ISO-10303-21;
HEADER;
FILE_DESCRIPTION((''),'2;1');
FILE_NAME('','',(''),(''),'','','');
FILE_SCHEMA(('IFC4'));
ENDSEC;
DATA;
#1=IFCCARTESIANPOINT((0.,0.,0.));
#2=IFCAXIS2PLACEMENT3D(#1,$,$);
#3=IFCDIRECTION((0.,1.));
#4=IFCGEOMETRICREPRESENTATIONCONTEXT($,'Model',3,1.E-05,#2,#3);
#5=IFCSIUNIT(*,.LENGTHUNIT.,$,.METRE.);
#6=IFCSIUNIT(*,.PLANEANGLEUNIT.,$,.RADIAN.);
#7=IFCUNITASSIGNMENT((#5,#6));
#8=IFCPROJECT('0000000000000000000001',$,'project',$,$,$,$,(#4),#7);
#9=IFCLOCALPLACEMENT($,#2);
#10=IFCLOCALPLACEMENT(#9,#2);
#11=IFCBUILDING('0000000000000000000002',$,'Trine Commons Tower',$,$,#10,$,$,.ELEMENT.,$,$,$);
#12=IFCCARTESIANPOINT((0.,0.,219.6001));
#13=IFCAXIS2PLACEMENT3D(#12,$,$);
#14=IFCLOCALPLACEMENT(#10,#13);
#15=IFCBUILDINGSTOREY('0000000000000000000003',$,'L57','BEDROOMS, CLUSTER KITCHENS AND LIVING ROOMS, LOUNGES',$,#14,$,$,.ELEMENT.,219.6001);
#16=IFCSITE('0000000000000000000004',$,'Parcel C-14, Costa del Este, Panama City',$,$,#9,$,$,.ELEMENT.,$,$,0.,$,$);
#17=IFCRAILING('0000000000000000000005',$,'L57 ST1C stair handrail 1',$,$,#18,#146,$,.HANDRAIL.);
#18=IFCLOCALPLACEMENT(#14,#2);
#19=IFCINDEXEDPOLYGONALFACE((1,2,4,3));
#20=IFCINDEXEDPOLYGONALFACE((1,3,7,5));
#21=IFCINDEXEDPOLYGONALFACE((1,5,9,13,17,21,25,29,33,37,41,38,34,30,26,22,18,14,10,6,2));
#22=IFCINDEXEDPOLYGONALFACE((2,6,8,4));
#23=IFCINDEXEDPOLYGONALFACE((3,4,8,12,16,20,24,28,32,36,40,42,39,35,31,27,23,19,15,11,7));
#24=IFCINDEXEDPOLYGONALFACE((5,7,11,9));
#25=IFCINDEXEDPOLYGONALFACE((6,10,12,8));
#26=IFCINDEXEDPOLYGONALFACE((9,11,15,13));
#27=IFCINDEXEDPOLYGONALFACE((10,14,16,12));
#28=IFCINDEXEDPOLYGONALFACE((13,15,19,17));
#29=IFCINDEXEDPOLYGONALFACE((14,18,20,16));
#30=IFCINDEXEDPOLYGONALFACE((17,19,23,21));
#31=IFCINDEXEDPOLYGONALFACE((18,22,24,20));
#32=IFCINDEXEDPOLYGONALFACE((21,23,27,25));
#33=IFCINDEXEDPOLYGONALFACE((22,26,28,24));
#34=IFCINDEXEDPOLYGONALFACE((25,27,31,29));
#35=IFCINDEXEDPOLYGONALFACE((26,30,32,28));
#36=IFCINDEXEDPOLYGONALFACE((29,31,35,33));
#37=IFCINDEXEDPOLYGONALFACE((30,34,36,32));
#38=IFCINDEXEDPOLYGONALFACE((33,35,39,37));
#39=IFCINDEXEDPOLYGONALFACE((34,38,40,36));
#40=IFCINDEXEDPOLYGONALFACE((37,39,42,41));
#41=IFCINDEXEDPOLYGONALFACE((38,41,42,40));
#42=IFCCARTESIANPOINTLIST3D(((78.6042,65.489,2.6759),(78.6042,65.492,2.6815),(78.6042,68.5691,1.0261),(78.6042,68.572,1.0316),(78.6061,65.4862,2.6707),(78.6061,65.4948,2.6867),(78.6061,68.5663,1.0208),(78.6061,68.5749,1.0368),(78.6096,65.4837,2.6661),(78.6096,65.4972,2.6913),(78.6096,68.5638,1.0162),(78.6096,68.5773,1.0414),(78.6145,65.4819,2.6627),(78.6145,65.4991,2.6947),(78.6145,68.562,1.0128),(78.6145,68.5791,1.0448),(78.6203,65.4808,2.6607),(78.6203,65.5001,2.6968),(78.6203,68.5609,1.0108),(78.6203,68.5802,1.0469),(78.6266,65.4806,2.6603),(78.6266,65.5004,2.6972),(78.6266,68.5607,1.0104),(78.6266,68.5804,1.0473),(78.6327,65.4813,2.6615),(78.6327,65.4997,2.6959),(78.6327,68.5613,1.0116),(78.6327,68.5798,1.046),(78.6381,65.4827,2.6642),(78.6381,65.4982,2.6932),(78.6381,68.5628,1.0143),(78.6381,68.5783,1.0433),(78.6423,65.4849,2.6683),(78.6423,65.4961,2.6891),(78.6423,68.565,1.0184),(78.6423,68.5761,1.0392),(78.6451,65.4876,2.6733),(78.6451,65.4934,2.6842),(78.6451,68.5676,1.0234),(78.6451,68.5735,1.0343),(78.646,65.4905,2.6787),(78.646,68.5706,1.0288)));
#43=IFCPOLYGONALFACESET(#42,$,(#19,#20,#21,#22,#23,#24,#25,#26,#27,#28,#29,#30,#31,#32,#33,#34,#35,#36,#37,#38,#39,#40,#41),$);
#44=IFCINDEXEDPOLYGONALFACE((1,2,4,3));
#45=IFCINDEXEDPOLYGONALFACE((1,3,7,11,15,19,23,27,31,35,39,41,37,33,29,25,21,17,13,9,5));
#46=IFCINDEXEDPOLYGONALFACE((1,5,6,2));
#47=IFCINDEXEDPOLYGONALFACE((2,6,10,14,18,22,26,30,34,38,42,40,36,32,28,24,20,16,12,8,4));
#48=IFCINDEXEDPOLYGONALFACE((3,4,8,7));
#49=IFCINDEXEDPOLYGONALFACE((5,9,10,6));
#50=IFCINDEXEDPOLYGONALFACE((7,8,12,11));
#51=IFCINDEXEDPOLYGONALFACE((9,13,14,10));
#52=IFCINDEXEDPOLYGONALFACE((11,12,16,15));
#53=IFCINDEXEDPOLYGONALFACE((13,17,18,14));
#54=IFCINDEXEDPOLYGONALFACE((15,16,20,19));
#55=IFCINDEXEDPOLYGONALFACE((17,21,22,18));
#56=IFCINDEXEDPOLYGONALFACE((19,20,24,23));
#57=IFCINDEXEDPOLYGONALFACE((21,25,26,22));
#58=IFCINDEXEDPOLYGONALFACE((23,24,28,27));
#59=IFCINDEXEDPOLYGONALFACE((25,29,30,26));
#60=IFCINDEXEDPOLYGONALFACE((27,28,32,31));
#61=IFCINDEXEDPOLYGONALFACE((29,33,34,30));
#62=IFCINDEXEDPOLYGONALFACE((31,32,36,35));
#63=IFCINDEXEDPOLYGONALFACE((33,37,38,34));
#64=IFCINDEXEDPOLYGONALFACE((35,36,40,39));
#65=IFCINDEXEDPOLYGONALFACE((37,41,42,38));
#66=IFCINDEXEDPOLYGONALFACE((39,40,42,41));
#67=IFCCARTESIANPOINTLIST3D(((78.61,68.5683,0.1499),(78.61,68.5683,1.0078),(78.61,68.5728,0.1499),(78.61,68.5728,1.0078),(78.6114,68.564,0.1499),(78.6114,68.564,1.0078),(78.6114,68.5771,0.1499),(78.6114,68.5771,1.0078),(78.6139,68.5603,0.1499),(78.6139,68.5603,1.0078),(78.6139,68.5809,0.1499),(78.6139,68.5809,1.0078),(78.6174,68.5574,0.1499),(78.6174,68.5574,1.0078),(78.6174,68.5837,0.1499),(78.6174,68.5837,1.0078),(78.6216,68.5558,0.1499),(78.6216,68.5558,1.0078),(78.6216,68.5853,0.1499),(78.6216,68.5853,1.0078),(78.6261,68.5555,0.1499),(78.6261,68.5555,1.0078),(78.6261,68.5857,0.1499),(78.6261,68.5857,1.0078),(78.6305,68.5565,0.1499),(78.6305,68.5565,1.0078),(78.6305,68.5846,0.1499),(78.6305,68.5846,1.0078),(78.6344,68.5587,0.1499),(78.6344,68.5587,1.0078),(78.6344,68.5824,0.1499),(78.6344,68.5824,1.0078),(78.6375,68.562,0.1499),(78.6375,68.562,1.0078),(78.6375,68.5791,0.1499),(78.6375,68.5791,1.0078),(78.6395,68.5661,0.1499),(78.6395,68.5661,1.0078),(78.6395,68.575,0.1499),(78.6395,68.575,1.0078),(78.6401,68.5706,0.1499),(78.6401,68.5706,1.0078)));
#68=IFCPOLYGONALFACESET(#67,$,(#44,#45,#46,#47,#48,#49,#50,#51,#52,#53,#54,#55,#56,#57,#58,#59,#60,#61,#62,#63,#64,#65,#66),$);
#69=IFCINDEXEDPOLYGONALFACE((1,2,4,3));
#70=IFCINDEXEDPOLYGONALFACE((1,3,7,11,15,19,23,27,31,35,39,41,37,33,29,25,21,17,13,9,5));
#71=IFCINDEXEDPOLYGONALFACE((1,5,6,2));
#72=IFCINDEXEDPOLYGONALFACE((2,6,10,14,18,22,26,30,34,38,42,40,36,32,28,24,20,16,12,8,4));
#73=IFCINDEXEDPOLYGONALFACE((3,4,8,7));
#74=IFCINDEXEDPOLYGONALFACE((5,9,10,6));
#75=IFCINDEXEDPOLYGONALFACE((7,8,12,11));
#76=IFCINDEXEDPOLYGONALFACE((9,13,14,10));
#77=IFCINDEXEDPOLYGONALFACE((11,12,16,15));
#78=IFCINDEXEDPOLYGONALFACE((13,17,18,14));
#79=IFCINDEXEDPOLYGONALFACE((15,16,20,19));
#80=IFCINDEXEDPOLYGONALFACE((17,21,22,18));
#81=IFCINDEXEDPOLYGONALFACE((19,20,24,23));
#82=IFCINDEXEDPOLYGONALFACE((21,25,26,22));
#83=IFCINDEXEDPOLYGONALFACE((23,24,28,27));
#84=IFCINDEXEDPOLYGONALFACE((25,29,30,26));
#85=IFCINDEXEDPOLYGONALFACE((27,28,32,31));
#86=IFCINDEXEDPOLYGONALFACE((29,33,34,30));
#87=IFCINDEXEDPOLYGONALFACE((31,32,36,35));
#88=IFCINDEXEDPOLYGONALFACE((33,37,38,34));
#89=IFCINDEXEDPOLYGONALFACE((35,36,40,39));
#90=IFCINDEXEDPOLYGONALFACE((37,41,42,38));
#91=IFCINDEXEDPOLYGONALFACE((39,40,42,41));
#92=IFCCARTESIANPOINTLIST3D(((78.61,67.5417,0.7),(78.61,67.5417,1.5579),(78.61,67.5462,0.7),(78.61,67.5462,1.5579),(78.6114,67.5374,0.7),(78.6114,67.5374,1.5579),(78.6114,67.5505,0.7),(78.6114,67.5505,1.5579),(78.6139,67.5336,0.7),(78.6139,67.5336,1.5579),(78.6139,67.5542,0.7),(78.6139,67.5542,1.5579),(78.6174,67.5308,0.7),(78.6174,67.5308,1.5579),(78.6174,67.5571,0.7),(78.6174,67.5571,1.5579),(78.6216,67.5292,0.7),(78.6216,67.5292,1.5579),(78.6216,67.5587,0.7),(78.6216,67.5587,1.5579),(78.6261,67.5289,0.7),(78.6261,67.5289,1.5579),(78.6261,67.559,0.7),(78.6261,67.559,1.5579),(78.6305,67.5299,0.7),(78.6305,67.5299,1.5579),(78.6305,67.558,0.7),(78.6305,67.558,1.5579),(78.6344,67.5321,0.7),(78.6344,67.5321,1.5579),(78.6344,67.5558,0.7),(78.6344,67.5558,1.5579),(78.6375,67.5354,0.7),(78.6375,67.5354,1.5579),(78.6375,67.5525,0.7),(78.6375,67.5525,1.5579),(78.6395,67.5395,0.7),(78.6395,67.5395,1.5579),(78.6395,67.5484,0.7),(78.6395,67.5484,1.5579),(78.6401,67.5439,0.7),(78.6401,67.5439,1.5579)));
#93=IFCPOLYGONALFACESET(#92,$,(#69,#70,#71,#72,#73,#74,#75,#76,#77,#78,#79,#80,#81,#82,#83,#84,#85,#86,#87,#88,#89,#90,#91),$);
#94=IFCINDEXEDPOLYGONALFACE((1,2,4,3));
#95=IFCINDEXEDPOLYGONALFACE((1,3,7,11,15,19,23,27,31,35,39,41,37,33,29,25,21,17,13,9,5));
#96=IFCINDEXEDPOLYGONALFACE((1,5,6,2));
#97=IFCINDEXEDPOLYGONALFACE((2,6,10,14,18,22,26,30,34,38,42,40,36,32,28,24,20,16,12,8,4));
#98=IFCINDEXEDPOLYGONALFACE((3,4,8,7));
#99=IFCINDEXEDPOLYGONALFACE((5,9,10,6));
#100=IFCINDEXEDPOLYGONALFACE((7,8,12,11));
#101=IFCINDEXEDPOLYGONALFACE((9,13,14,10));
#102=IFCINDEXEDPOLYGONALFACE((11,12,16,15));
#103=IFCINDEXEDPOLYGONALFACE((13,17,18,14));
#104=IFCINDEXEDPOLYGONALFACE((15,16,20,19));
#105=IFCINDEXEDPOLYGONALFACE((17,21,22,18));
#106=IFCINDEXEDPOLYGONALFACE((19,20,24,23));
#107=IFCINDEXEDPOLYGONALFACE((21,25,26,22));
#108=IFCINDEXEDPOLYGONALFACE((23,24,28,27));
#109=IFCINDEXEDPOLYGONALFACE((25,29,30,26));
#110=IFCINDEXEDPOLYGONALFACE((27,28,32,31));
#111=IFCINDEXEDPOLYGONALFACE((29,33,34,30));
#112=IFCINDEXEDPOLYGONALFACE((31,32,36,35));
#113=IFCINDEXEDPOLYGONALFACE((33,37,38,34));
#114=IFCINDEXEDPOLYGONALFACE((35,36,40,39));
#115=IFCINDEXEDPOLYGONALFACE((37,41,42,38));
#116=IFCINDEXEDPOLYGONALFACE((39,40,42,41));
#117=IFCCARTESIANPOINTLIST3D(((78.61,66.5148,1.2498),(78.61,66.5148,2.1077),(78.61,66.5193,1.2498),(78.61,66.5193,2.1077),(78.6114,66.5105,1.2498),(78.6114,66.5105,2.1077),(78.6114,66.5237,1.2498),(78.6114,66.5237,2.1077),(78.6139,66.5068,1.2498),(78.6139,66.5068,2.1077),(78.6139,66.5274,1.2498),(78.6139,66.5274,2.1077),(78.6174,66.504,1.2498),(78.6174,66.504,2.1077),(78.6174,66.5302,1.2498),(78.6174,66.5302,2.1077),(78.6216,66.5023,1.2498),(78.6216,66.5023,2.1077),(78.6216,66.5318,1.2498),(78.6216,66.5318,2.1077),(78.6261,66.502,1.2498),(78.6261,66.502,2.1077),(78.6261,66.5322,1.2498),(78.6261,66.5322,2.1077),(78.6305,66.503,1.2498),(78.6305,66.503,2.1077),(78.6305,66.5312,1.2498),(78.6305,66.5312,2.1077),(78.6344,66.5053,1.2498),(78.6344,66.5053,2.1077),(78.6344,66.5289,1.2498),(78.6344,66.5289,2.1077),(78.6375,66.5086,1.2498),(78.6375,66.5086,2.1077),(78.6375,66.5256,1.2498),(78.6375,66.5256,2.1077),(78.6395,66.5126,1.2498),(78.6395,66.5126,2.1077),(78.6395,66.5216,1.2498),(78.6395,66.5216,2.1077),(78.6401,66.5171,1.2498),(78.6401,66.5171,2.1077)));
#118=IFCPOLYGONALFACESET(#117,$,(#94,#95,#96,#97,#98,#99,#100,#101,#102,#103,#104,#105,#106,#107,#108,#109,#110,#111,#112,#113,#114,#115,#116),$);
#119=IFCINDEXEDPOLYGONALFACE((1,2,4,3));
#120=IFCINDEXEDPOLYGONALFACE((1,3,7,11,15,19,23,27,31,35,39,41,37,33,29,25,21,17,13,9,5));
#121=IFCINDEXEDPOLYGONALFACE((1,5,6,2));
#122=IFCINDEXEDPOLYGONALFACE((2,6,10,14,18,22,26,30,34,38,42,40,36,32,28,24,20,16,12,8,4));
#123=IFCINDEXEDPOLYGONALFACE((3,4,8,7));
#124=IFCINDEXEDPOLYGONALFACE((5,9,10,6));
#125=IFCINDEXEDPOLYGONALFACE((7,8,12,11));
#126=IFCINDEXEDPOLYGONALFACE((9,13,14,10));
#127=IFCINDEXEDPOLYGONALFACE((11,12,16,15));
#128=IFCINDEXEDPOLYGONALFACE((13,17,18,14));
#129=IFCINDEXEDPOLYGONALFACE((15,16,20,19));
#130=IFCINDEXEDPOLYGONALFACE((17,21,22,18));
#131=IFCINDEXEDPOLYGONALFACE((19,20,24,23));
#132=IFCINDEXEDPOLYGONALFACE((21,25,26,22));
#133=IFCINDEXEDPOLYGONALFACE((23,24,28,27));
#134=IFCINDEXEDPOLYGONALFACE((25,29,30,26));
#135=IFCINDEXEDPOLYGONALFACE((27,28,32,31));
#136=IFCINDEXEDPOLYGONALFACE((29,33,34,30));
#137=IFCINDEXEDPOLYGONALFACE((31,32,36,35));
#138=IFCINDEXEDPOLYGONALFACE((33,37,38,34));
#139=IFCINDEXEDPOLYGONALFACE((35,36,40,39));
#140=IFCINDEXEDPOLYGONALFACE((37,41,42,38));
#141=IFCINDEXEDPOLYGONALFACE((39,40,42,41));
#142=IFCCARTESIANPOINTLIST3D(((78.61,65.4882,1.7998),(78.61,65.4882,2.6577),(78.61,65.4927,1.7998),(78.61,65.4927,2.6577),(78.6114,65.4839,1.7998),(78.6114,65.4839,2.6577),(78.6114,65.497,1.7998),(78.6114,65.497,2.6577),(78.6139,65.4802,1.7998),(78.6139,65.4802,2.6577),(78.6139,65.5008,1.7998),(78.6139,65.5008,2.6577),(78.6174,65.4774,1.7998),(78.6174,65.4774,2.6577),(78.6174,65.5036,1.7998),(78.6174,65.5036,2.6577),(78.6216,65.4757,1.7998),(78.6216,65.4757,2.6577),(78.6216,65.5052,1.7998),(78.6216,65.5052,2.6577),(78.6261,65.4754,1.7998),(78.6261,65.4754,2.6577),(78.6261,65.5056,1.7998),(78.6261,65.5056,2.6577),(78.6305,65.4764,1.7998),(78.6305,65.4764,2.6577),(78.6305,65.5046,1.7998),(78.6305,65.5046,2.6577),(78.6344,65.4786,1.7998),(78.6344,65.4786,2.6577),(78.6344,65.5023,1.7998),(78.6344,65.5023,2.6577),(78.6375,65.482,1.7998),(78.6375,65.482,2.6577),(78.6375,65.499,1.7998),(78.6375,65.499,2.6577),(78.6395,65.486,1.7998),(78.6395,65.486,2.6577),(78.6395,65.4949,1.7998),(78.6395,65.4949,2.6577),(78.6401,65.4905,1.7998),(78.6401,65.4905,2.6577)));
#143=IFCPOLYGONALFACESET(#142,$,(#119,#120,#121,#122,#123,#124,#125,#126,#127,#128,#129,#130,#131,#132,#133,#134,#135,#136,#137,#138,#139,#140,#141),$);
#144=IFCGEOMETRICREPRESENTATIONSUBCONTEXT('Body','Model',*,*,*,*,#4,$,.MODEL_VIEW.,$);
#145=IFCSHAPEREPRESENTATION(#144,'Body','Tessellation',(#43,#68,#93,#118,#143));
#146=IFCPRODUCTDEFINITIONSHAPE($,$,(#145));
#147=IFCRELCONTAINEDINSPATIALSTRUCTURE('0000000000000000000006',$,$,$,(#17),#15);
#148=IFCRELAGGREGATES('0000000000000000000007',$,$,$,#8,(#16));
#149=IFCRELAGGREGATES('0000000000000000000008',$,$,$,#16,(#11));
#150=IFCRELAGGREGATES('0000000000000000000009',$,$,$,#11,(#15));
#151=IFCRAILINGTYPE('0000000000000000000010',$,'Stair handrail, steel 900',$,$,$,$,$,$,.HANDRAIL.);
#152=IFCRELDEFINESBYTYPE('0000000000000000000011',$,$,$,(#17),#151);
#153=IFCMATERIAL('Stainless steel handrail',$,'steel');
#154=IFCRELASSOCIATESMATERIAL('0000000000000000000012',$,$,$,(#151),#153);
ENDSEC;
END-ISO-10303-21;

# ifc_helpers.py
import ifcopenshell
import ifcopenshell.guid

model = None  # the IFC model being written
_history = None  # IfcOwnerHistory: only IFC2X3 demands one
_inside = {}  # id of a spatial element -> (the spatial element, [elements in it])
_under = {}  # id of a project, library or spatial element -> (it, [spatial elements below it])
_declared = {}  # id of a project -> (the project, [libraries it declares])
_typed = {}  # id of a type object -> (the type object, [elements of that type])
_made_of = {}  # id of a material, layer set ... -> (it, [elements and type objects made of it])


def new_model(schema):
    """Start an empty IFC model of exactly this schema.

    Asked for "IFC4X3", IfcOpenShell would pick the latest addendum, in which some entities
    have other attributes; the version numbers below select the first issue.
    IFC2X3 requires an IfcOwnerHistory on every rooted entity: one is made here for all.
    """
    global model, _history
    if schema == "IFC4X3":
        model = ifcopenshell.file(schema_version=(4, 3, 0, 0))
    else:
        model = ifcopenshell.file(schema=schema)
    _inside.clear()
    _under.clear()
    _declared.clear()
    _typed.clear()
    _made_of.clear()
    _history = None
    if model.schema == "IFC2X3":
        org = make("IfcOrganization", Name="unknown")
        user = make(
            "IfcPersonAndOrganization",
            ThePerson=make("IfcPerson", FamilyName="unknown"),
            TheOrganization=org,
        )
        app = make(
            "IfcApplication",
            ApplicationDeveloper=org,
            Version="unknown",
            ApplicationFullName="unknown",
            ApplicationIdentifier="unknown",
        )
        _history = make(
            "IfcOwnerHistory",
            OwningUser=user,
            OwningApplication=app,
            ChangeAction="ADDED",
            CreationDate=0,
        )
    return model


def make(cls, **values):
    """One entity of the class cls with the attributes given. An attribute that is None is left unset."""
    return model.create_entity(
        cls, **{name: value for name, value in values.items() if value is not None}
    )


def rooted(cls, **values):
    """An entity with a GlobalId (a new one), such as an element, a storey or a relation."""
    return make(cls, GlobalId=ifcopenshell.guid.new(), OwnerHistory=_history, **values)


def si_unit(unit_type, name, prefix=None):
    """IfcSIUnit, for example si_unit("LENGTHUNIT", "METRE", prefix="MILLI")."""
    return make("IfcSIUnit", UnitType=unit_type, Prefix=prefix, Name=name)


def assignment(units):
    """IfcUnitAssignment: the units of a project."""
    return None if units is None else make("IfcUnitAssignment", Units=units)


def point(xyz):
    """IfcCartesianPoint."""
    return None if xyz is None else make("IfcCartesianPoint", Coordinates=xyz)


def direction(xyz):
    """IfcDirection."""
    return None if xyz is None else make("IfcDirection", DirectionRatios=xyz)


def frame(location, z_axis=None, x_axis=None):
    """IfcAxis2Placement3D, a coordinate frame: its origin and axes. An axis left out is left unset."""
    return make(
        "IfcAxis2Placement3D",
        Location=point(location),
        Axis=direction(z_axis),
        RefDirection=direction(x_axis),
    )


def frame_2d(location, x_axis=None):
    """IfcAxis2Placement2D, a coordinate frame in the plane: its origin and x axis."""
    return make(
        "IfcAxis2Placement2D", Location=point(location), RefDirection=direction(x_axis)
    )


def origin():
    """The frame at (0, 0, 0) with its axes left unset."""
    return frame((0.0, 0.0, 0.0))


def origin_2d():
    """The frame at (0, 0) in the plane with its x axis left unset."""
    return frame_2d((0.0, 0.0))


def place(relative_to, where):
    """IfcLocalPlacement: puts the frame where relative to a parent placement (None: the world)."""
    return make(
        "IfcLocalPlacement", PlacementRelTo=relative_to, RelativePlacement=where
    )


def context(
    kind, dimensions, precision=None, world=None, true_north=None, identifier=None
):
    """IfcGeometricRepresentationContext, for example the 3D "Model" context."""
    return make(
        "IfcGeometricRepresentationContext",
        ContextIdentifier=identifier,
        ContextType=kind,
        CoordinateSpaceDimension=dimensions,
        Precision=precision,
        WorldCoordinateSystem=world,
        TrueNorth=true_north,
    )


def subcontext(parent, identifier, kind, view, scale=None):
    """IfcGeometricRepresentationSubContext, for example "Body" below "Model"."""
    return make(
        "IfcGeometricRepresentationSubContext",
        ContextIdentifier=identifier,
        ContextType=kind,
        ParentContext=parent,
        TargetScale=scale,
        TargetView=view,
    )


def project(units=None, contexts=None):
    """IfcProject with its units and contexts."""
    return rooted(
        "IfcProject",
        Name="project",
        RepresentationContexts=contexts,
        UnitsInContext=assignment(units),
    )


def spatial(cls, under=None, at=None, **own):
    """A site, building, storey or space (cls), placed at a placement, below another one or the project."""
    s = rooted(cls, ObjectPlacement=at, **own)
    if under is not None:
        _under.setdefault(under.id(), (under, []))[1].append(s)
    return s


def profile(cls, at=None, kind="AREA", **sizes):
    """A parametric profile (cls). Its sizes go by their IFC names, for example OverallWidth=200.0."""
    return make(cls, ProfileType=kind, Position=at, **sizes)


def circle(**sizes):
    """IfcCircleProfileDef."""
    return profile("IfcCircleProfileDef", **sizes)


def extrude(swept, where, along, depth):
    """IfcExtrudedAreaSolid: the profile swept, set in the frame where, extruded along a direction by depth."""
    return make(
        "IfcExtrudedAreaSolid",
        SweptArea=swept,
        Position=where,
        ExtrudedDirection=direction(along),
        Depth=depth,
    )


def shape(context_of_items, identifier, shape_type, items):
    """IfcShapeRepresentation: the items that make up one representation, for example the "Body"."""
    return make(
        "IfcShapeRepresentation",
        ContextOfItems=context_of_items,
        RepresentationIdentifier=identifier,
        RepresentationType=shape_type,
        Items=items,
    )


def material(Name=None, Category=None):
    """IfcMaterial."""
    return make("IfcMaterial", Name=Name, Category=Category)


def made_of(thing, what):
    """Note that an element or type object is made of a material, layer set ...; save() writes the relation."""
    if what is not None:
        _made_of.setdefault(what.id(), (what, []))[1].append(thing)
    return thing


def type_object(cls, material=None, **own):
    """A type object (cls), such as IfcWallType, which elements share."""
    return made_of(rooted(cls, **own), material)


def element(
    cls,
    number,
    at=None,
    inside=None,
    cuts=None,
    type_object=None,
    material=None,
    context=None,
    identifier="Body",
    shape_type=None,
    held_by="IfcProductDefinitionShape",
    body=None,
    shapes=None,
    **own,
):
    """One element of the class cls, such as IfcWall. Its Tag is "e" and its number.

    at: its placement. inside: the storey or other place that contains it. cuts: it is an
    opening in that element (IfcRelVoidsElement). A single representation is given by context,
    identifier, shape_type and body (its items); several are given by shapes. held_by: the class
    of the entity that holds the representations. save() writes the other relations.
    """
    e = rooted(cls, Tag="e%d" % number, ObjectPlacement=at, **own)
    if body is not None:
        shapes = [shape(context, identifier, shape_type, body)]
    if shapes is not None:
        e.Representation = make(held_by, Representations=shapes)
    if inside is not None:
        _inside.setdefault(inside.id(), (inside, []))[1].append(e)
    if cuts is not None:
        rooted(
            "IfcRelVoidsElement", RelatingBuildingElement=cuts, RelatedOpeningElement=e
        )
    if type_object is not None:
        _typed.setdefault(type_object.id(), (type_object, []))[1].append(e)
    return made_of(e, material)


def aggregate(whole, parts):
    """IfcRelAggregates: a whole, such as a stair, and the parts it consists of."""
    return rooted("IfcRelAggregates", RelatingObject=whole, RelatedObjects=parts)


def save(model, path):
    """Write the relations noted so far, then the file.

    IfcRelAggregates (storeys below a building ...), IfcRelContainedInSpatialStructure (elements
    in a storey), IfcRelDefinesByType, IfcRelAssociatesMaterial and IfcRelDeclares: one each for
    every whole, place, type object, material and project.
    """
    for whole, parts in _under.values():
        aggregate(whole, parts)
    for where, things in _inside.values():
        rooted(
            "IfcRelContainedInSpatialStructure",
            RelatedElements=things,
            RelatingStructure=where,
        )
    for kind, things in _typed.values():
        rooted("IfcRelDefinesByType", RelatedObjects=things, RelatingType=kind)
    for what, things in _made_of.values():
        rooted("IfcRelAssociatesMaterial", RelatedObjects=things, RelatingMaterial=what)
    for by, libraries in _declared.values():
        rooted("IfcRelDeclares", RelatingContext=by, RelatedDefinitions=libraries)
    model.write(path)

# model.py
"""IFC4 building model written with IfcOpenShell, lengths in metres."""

from ifc_helpers import new_model, si_unit, direction, frame, origin, origin_2d, place, context, subcontext, project, spatial, circle, extrude, material, type_object, element, save


model = new_model("IFC4")

# Units and contexts
model_context = context("Model", 3, precision=1e-05, world=origin(), true_north=direction((0.0, 1.0)))
body_context = subcontext(model_context, "Body", "Model", "MODEL_VIEW")
ifc_project = project(units=[si_unit("LENGTHUNIT", "METRE"), si_unit("PLANEANGLEUNIT", "RADIAN")], contexts=[model_context])

# Site, building, storey
site_placement = place(None, origin())
site = spatial("IfcSite", under=ifc_project, at=site_placement, Name="Parcel C-14, Costa del Este, Panama City", CompositionType="ELEMENT", RefElevation=0.0)
building_placement = place(site_placement, origin())
building = spatial("IfcBuilding", under=site, at=building_placement, Name="Trine Commons Tower", CompositionType="ELEMENT")
storey_placement = place(building_placement, frame((0.0, 0.0, 219.6001)))
storey = spatial("IfcBuildingStorey", under=building, at=storey_placement, Name="L57", Description="BEDROOMS, CLUSTER KITCHENS AND LIVING ROOMS, LOUNGES", CompositionType="ELEMENT", Elevation=219.6001)

# Railing
ifc_material_1 = material(Name="Stainless steel handrail", Category="steel")
railing_type_1 = type_object("IfcRailingType", Name="Stair handrail, steel 900", PredefinedType="HANDRAIL", material=ifc_material_1)
railing_1_placement = place(storey_placement, frame((78.625, 68.5706, 0.1499)))
element("IfcRailing", 1, at=railing_1_placement, inside=storey, type_object=railing_type_1, Name="L57 ST1C stair handrail 1", PredefinedType="HANDRAIL", context=body_context, shape_type="SweptSolid", body=[
    extrude(circle(Radius=0.021, at=origin_2d()), frame((0.0, 0.0, 0.8789), z_axis=(0.0, -0.881497, 0.47219), x_axis=(1.0, 0.0, 0.0)), (0.0, 0.0, 1.0), 3.4941),
    extrude(circle(Radius=0.0151, at=origin_2d()), origin(), (0.0, 0.0, 1.0), 0.8579),
    extrude(circle(Radius=0.0151, at=origin_2d()), frame((0.0, -1.0266, 0.55)), (0.0, 0.0, 1.0), 0.8579),
    extrude(circle(Radius=0.0151, at=origin_2d()), frame((0.0, -2.0535, 1.0999)), (0.0, 0.0, 1.0), 0.8579),
    extrude(circle(Radius=0.0151, at=origin_2d()), frame((0.0, -3.0801, 1.6499)), (0.0, 0.0, 1.0), 0.8579),
])

save(model, "model.ifc")
